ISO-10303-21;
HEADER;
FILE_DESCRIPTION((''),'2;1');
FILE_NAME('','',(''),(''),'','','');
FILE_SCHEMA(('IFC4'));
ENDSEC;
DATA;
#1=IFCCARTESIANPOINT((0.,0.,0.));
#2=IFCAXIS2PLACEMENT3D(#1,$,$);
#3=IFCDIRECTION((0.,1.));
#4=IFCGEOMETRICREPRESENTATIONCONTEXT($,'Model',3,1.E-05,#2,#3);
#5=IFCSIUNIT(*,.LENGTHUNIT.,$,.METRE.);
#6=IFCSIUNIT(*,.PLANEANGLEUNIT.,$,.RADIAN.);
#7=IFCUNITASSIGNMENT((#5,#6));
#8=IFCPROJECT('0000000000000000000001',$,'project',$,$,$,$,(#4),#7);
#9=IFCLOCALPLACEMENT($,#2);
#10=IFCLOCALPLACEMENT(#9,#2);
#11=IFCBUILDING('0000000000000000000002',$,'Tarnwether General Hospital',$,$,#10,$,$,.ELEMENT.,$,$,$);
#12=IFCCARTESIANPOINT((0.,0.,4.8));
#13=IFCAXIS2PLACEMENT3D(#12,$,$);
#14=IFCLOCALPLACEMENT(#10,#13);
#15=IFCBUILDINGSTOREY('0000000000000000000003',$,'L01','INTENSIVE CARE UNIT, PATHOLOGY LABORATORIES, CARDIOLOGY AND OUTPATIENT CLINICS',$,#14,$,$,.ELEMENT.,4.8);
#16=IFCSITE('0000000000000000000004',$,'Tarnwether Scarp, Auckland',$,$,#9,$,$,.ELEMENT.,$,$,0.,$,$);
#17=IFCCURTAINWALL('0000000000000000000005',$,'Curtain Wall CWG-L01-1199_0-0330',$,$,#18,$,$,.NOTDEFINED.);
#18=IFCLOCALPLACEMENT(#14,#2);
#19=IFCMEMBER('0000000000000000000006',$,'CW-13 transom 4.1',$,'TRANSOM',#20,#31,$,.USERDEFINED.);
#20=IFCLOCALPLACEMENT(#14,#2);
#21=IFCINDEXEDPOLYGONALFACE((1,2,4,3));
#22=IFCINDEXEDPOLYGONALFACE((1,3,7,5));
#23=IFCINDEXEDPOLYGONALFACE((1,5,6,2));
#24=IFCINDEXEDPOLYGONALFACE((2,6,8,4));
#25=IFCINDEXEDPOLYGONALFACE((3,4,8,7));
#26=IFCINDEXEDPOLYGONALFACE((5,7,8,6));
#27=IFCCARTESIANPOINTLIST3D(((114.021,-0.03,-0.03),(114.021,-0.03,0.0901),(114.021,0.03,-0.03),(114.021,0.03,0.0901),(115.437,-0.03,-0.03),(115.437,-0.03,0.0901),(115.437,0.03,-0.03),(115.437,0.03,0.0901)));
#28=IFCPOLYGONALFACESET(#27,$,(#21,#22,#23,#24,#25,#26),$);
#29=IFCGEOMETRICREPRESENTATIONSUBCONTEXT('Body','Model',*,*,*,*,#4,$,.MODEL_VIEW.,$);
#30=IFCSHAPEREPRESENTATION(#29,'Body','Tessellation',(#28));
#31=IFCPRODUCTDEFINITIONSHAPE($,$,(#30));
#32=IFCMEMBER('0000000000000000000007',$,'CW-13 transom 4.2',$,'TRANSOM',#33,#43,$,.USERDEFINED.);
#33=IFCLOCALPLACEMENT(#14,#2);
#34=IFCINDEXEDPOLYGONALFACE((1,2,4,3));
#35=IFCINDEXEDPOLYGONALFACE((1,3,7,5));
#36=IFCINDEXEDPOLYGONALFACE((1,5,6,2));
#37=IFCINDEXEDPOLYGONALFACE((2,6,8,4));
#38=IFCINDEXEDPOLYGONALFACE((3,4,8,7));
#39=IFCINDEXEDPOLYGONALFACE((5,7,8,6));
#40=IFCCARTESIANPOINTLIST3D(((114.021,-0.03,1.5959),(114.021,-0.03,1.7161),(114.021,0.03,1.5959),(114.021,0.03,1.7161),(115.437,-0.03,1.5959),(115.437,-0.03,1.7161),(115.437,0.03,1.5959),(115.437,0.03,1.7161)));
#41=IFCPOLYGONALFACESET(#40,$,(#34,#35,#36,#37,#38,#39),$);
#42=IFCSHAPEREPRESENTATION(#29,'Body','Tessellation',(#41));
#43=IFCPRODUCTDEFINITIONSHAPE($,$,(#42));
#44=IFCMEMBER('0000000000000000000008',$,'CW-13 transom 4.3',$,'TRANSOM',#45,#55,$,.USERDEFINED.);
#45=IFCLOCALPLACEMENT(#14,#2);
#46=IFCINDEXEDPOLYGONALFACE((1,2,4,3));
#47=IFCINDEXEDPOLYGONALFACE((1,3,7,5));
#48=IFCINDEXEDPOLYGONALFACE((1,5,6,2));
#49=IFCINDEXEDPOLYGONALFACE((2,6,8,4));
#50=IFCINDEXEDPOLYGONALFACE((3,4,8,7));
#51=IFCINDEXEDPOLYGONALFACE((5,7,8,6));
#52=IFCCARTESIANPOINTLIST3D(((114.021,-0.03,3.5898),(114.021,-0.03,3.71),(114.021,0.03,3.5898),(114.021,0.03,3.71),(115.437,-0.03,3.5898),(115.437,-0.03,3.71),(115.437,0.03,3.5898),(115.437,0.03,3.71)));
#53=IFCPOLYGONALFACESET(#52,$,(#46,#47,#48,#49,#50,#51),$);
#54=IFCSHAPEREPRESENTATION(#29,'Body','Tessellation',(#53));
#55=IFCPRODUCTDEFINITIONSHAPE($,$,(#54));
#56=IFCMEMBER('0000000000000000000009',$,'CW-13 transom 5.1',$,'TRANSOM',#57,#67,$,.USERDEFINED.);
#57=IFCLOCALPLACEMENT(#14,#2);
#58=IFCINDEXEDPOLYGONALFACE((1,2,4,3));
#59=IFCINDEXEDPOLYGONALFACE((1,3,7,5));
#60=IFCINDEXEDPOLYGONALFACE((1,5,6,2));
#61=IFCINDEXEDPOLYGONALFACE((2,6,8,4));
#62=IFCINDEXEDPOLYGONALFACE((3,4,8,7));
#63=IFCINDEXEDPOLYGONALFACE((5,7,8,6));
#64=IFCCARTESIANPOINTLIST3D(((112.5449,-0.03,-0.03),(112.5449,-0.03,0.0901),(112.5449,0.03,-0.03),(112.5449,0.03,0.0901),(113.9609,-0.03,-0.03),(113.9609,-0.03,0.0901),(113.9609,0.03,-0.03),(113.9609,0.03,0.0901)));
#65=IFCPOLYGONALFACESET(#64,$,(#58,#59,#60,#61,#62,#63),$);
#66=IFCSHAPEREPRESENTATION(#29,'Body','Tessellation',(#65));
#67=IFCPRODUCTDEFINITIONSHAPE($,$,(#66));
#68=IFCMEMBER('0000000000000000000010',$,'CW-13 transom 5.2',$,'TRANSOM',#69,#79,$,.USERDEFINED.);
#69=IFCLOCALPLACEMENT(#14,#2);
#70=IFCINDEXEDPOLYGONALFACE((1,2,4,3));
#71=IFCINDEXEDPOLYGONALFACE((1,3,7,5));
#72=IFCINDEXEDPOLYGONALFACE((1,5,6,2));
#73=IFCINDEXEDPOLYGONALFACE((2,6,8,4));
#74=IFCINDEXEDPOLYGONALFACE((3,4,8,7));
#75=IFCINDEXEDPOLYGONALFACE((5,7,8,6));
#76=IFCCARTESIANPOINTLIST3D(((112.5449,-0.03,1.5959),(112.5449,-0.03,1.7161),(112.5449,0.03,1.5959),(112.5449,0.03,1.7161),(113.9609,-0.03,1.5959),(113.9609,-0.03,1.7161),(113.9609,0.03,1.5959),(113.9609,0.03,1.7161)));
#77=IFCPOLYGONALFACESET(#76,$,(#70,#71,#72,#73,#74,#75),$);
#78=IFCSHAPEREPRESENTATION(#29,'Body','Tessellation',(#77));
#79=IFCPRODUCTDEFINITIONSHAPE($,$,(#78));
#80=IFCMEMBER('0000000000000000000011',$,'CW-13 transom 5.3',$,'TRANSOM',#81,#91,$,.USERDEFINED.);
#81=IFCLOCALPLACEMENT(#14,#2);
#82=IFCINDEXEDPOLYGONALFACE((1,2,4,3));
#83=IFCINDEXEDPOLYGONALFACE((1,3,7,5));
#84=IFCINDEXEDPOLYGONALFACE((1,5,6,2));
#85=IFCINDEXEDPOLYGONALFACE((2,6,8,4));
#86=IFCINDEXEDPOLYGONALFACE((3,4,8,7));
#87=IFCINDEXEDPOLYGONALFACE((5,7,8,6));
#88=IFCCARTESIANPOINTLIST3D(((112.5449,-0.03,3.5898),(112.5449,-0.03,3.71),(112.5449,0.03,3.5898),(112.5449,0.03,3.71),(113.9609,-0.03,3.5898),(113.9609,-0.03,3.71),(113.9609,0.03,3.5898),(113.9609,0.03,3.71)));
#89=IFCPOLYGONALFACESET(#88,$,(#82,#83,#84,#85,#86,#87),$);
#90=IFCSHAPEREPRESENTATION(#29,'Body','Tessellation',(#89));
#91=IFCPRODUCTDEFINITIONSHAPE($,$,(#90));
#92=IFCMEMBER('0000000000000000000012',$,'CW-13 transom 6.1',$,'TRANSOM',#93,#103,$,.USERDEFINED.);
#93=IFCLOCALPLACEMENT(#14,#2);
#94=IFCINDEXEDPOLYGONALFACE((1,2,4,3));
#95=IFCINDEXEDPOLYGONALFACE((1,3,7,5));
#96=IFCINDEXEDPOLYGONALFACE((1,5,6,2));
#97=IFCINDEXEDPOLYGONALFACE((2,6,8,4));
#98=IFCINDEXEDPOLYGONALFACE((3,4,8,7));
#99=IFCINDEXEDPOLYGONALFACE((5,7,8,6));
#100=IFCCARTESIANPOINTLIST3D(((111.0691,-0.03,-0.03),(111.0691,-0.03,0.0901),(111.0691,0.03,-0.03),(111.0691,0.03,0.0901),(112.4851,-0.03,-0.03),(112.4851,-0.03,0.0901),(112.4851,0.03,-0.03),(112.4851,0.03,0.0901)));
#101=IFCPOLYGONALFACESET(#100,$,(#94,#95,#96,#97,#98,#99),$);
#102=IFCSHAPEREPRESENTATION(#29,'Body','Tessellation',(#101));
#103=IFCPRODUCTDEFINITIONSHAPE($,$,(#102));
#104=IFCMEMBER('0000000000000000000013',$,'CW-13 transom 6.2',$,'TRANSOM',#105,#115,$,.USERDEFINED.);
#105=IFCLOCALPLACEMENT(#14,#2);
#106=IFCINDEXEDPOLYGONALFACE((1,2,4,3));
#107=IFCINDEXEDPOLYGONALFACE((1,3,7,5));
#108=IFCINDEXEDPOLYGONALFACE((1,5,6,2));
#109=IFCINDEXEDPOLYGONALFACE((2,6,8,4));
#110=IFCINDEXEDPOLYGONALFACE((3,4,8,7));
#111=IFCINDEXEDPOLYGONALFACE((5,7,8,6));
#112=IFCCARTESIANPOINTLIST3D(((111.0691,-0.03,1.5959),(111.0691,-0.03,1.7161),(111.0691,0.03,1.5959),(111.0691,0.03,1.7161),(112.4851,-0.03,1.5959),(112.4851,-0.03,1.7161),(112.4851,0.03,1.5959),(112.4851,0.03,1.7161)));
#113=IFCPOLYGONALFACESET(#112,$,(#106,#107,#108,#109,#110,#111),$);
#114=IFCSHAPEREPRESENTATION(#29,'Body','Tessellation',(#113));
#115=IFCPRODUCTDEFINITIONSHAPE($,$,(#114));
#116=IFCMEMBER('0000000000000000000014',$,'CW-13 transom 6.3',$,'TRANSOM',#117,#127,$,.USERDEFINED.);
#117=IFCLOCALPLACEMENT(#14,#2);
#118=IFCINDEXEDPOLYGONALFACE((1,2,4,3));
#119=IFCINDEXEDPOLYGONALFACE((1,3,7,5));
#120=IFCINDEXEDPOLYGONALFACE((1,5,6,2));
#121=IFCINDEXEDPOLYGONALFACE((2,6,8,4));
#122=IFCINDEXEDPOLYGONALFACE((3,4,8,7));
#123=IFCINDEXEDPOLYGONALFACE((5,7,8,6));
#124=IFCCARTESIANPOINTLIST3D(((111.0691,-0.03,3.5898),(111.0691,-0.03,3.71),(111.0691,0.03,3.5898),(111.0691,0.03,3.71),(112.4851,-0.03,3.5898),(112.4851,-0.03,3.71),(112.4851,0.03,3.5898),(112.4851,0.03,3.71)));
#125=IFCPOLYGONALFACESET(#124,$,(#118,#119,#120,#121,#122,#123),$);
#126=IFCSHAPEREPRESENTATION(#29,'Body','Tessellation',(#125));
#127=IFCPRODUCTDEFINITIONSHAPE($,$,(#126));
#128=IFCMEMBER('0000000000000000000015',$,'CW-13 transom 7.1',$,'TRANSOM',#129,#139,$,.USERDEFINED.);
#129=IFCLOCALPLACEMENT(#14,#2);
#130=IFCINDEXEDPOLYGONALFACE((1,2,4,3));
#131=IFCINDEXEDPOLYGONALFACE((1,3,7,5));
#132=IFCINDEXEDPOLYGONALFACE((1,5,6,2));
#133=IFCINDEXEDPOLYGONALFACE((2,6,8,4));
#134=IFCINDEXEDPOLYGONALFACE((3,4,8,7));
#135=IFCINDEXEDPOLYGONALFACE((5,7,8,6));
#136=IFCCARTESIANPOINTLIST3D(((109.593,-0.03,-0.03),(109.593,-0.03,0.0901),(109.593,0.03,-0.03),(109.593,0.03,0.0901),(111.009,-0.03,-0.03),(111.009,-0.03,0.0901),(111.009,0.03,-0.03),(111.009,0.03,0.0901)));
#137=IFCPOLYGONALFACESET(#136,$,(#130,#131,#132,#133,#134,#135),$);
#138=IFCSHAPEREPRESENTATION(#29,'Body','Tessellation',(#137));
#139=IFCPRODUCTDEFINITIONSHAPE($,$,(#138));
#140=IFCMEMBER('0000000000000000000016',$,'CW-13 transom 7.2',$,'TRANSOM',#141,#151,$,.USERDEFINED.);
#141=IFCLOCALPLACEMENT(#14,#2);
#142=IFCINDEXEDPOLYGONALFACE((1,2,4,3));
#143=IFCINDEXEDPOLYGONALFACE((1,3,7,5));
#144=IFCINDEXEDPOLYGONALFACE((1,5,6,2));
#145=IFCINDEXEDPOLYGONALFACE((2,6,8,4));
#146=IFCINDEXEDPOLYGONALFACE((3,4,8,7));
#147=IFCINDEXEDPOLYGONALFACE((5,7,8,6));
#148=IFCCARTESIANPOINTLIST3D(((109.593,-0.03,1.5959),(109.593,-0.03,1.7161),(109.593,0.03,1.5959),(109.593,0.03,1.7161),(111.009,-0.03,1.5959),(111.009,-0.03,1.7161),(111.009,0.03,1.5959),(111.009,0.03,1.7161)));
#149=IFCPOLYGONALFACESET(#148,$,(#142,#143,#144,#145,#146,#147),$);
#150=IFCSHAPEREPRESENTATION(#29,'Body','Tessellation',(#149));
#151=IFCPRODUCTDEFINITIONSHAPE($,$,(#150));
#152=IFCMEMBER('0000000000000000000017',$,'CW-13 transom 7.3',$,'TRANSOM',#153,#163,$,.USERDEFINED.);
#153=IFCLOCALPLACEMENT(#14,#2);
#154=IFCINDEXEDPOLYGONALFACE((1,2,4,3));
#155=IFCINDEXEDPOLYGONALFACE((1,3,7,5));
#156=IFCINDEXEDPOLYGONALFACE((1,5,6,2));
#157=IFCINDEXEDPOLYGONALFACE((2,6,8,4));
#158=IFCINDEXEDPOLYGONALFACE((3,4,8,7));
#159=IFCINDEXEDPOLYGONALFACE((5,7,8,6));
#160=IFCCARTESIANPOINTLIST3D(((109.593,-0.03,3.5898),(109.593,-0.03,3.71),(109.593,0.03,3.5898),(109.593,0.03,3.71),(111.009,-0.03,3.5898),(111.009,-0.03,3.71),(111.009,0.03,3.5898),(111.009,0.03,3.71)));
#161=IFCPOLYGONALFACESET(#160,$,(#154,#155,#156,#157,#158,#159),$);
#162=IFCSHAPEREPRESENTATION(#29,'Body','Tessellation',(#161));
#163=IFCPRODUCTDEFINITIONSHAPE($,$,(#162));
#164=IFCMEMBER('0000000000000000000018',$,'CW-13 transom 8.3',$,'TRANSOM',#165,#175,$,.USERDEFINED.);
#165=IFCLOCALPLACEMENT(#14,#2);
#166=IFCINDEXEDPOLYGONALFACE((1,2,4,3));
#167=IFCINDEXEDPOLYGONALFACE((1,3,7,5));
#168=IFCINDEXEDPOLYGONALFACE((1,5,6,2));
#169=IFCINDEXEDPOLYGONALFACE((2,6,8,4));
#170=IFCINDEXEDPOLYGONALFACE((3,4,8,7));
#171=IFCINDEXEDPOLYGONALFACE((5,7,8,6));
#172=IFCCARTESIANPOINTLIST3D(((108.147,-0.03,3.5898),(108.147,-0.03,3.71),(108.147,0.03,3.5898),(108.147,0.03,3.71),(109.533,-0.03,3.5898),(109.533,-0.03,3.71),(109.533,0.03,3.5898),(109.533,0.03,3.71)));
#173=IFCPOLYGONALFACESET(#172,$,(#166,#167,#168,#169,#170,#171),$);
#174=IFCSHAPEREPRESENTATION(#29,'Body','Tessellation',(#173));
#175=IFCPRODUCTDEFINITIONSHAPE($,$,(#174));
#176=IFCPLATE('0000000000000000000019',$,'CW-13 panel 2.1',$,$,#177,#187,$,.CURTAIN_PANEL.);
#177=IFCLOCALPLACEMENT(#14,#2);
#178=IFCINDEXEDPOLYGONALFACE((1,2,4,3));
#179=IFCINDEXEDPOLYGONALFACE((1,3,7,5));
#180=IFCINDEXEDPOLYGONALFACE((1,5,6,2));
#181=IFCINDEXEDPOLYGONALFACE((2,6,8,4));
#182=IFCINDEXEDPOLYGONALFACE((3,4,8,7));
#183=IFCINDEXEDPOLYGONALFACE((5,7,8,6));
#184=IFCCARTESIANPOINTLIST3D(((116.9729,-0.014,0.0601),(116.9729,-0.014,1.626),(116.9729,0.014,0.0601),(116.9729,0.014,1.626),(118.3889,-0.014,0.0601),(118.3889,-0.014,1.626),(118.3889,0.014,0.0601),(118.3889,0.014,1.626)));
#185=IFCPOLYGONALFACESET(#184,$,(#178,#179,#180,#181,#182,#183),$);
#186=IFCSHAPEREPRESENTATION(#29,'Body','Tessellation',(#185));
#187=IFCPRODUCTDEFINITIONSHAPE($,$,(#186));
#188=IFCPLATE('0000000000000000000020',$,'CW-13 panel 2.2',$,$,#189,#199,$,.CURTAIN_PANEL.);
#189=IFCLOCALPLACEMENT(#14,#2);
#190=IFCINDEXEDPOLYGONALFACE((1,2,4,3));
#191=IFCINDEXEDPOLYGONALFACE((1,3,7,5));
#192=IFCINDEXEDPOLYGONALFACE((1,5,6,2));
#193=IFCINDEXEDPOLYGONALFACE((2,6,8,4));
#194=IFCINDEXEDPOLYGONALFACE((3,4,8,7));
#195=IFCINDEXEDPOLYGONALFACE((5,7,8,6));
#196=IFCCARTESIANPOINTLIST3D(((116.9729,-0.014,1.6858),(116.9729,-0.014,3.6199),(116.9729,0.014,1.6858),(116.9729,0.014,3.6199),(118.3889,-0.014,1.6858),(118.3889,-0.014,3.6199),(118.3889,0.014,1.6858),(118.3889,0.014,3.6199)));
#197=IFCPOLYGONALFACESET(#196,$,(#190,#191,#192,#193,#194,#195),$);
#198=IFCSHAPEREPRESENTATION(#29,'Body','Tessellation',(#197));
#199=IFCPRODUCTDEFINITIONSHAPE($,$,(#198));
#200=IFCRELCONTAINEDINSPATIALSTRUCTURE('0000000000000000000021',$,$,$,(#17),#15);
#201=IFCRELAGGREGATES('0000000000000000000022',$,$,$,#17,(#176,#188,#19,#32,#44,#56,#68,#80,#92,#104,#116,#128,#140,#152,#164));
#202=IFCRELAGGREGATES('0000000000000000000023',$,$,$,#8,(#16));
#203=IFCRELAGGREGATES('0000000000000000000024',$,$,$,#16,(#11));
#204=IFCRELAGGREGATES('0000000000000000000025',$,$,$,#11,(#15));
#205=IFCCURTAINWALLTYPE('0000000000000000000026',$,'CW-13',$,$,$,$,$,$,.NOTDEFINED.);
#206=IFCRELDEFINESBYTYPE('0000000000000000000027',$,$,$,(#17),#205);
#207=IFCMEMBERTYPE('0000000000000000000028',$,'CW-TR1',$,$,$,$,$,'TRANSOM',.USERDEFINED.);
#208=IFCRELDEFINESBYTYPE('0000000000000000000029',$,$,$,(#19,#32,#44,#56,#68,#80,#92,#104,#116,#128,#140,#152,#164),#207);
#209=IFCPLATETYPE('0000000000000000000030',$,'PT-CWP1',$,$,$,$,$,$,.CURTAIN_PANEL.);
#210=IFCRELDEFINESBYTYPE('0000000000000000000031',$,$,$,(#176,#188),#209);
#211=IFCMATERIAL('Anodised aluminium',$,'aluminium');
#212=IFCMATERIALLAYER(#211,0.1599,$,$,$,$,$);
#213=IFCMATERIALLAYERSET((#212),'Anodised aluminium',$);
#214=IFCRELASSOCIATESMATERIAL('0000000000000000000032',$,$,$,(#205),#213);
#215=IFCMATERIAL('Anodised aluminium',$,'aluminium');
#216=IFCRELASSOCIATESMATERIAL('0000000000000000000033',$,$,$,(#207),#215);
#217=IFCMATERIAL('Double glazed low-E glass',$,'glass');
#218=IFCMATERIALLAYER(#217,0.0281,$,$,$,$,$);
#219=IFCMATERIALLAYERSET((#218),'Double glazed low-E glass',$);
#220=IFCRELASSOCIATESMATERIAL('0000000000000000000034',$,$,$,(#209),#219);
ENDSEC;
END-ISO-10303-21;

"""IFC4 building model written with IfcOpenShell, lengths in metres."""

from ifc_helpers import new_model, si_unit, direction, frame, origin, origin_2d, place, context, subcontext, project, spatial, rectangle, extrude, material, layer, layer_set, material_profile, profile_set, type_object, element, aggregate, save


model = new_model("IFC4")

# Units and contexts
model_context = context("Model", 3, precision=1e-05, world=origin(), true_north=direction((0.0, 1.0)))
body_context = subcontext(model_context, "Body", "Model", "MODEL_VIEW")
ifc_project = project(units=[si_unit("LENGTHUNIT", "METRE"), si_unit("PLANEANGLEUNIT", "RADIAN")], contexts=[model_context])

# Site, building, storey
site_placement = place(None, origin())
site = spatial("IfcSite", under=ifc_project, at=site_placement, Name="Tarnwether Scarp, Auckland", CompositionType="ELEMENT", RefElevation=0.0)
building_placement = place(site_placement, origin())
building = spatial("IfcBuilding", under=site, at=building_placement, Name="Tarnwether General Hospital", CompositionType="ELEMENT")
storey_placement = place(building_placement, frame((0.0, 0.0, 4.8)))
storey = spatial("IfcBuildingStorey", under=building, at=storey_placement, Name="L01", Description="INTENSIVE CARE UNIT, PATHOLOGY LABORATORIES, CARDIOLOGY AND OUTPATIENT CLINICS", CompositionType="ELEMENT", Elevation=4.8)

# Curtain wall, members, plates
ifc_material_1 = material(Name="Anodised aluminium", Category="aluminium")
ifc_layer_1 = layer(ifc_material_1, 0.1599)
ifc_layer_set_1 = layer_set([ifc_layer_1], Name="Anodised aluminium")
curtain_wall_type = type_object("IfcCurtainWallType", Name="CW-13", PredefinedType="NOTDEFINED", material=ifc_layer_set_1)
curtain_wall_placement = place(storey_placement, origin())
curtain_wall = element("IfcCurtainWall", 1, at=curtain_wall_placement, inside=storey, type_object=curtain_wall_type, Name="Curtain Wall CWG-L01-1199_0-0330", PredefinedType="NOTDEFINED")
ifc_material_2 = material(Name="Anodised aluminium", Category="aluminium")
ifc_material_profile_1 = material_profile(ifc_material_2, rectangle(XDim=0.0601, YDim=0.1201, at=origin_2d()), Name="ALU-TRN-60x120")
ifc_profile_set_1 = profile_set([ifc_material_profile_1], Name="Anodised aluminium")
member_type_1 = type_object("IfcMemberType", Name="CW-TR1", ElementType="TRANSOM", PredefinedType="USERDEFINED", material=ifc_profile_set_1)
member_1_placement = place(storey_placement, frame((115.437, 0.0, 0.03), z_axis=(-1.0, 0.0, 0.0), x_axis=(0.0, -1.0, 0.0)))
member_1 = element("IfcMember", 2, at=member_1_placement, type_object=member_type_1, Name="CW-13 transom 4.1", ObjectType="TRANSOM", PredefinedType="USERDEFINED", context=body_context, shape_type="SweptSolid", body=[
    extrude(rectangle(XDim=0.0601, YDim=0.1201, at=origin_2d()), origin(), (0.0, 0.0, 1.0), 1.416),
])
member_2_placement = place(storey_placement, frame((115.437, 0.0, 1.656), z_axis=(-1.0, 0.0, 0.0), x_axis=(0.0, -1.0, 0.0)))
member_2 = element("IfcMember", 3, at=member_2_placement, type_object=member_type_1, Name="CW-13 transom 4.2", ObjectType="TRANSOM", PredefinedType="USERDEFINED", context=body_context, shape_type="SweptSolid", body=[
    extrude(rectangle(XDim=0.0601, YDim=0.1201, at=origin_2d()), origin(), (0.0, 0.0, 1.0), 1.416),
])
member_3_placement = place(storey_placement, frame((115.437, 0.0, 3.6499), z_axis=(-1.0, 0.0, 0.0), x_axis=(0.0, -1.0, 0.0)))
member_3 = element("IfcMember", 4, at=member_3_placement, type_object=member_type_1, Name="CW-13 transom 4.3", ObjectType="TRANSOM", PredefinedType="USERDEFINED", context=body_context, shape_type="SweptSolid", body=[
    extrude(rectangle(XDim=0.0601, YDim=0.1201, at=origin_2d()), origin(), (0.0, 0.0, 1.0), 1.416),
])
member_4_placement = place(storey_placement, frame((113.9609, 0.0, 0.03), z_axis=(-1.0, 0.0, 0.0), x_axis=(0.0, -1.0, 0.0)))
member_4 = element("IfcMember", 5, at=member_4_placement, type_object=member_type_1, Name="CW-13 transom 5.1", ObjectType="TRANSOM", PredefinedType="USERDEFINED", context=body_context, shape_type="SweptSolid", body=[
    extrude(rectangle(XDim=0.0601, YDim=0.1201, at=origin_2d()), origin(), (0.0, 0.0, 1.0), 1.416),
])
member_5_placement = place(storey_placement, frame((113.9609, 0.0, 1.656), z_axis=(-1.0, 0.0, 0.0), x_axis=(0.0, -1.0, 0.0)))
member_5 = element("IfcMember", 6, at=member_5_placement, type_object=member_type_1, Name="CW-13 transom 5.2", ObjectType="TRANSOM", PredefinedType="USERDEFINED", context=body_context, shape_type="SweptSolid", body=[
    extrude(rectangle(XDim=0.0601, YDim=0.1201, at=origin_2d()), origin(), (0.0, 0.0, 1.0), 1.416),
])
member_6_placement = place(storey_placement, frame((113.9609, 0.0, 3.6499), z_axis=(-1.0, 0.0, 0.0), x_axis=(0.0, -1.0, 0.0)))
member_6 = element("IfcMember", 7, at=member_6_placement, type_object=member_type_1, Name="CW-13 transom 5.3", ObjectType="TRANSOM", PredefinedType="USERDEFINED", context=body_context, shape_type="SweptSolid", body=[
    extrude(rectangle(XDim=0.0601, YDim=0.1201, at=origin_2d()), origin(), (0.0, 0.0, 1.0), 1.416),
])
member_7_placement = place(storey_placement, frame((112.4851, 0.0, 0.03), z_axis=(-1.0, 0.0, 0.0), x_axis=(0.0, -1.0, 0.0)))
member_7 = element("IfcMember", 8, at=member_7_placement, type_object=member_type_1, Name="CW-13 transom 6.1", ObjectType="TRANSOM", PredefinedType="USERDEFINED", context=body_context, shape_type="SweptSolid", body=[
    extrude(rectangle(XDim=0.0601, YDim=0.1201, at=origin_2d()), origin(), (0.0, 0.0, 1.0), 1.416),
])
member_8_placement = place(storey_placement, frame((112.4851, 0.0, 1.656), z_axis=(-1.0, 0.0, 0.0), x_axis=(0.0, -1.0, 0.0)))
member_8 = element("IfcMember", 9, at=member_8_placement, type_object=member_type_1, Name="CW-13 transom 6.2", ObjectType="TRANSOM", PredefinedType="USERDEFINED", context=body_context, shape_type="SweptSolid", body=[
    extrude(rectangle(XDim=0.0601, YDim=0.1201, at=origin_2d()), origin(), (0.0, 0.0, 1.0), 1.416),
])
member_9_placement = place(storey_placement, frame((112.4851, 0.0, 3.6499), z_axis=(-1.0, 0.0, 0.0), x_axis=(0.0, -1.0, 0.0)))
member_9 = element("IfcMember", 10, at=member_9_placement, type_object=member_type_1, Name="CW-13 transom 6.3", ObjectType="TRANSOM", PredefinedType="USERDEFINED", context=body_context, shape_type="SweptSolid", body=[
    extrude(rectangle(XDim=0.0601, YDim=0.1201, at=origin_2d()), origin(), (0.0, 0.0, 1.0), 1.416),
])
member_10_placement = place(storey_placement, frame((111.009, 0.0, 0.03), z_axis=(-1.0, 0.0, 0.0), x_axis=(0.0, -1.0, 0.0)))
member_10 = element("IfcMember", 11, at=member_10_placement, type_object=member_type_1, Name="CW-13 transom 7.1", ObjectType="TRANSOM", PredefinedType="USERDEFINED", context=body_context, shape_type="SweptSolid", body=[
    extrude(rectangle(XDim=0.0601, YDim=0.1201, at=origin_2d()), origin(), (0.0, 0.0, 1.0), 1.416),
])
member_11_placement = place(storey_placement, frame((111.009, 0.0, 1.656), z_axis=(-1.0, 0.0, 0.0), x_axis=(0.0, -1.0, 0.0)))
member_11 = element("IfcMember", 12, at=member_11_placement, type_object=member_type_1, Name="CW-13 transom 7.2", ObjectType="TRANSOM", PredefinedType="USERDEFINED", context=body_context, shape_type="SweptSolid", body=[
    extrude(rectangle(XDim=0.0601, YDim=0.1201, at=origin_2d()), origin(), (0.0, 0.0, 1.0), 1.416),
])
member_12_placement = place(storey_placement, frame((111.009, 0.0, 3.6499), z_axis=(-1.0, 0.0, 0.0), x_axis=(0.0, -1.0, 0.0)))
member_12 = element("IfcMember", 13, at=member_12_placement, type_object=member_type_1, Name="CW-13 transom 7.3", ObjectType="TRANSOM", PredefinedType="USERDEFINED", context=body_context, shape_type="SweptSolid", body=[
    extrude(rectangle(XDim=0.0601, YDim=0.1201, at=origin_2d()), origin(), (0.0, 0.0, 1.0), 1.416),
])
member_13_placement = place(storey_placement, frame((109.533, 0.0, 3.6499), z_axis=(-1.0, 0.0, 0.0), x_axis=(0.0, -1.0, 0.0)))
member_13 = element("IfcMember", 14, at=member_13_placement, type_object=member_type_1, Name="CW-13 transom 8.3", ObjectType="TRANSOM", PredefinedType="USERDEFINED", context=body_context, shape_type="SweptSolid", body=[
    extrude(rectangle(XDim=0.0601, YDim=0.1201, at=origin_2d()), origin(), (0.0, 0.0, 1.0), 1.386),
])
ifc_material_3 = material(Name="Double glazed low-E glass", Category="glass")
ifc_layer_2 = layer(ifc_material_3, 0.0281)
ifc_layer_set_2 = layer_set([ifc_layer_2], Name="Double glazed low-E glass")
plate_type = type_object("IfcPlateType", Name="PT-CWP1", PredefinedType="CURTAIN_PANEL", material=ifc_layer_set_2)
plate_1_placement = place(storey_placement, frame((117.6809, 0.0, 0.0601), z_axis=(0.0, 0.0, 1.0), x_axis=(-1.0, 0.0, 0.0)))
plate_1 = element("IfcPlate", 15, at=plate_1_placement, type_object=plate_type, Name="CW-13 panel 2.1", PredefinedType="CURTAIN_PANEL", context=body_context, shape_type="SweptSolid", body=[
    extrude(rectangle(XDim=1.416, YDim=0.0281, at=origin_2d()), origin(), (0.0, 0.0, 1.0), 1.5659),
])
plate_2_placement = place(storey_placement, frame((117.6809, 0.0, 1.6858), z_axis=(0.0, 0.0, 1.0), x_axis=(-1.0, 0.0, 0.0)))
plate_2 = element("IfcPlate", 16, at=plate_2_placement, type_object=plate_type, Name="CW-13 panel 2.2", PredefinedType="CURTAIN_PANEL", context=body_context, shape_type="SweptSolid", body=[
    extrude(rectangle(XDim=1.416, YDim=0.0281, at=origin_2d()), origin(), (0.0, 0.0, 1.0), 1.9341),
])
aggregate(curtain_wall, [plate_1, plate_2, member_1, member_2, member_3, member_4, member_5, member_6, member_7, member_8, member_9, member_10, member_11, member_12, member_13])

save(model, "model.ifc")
